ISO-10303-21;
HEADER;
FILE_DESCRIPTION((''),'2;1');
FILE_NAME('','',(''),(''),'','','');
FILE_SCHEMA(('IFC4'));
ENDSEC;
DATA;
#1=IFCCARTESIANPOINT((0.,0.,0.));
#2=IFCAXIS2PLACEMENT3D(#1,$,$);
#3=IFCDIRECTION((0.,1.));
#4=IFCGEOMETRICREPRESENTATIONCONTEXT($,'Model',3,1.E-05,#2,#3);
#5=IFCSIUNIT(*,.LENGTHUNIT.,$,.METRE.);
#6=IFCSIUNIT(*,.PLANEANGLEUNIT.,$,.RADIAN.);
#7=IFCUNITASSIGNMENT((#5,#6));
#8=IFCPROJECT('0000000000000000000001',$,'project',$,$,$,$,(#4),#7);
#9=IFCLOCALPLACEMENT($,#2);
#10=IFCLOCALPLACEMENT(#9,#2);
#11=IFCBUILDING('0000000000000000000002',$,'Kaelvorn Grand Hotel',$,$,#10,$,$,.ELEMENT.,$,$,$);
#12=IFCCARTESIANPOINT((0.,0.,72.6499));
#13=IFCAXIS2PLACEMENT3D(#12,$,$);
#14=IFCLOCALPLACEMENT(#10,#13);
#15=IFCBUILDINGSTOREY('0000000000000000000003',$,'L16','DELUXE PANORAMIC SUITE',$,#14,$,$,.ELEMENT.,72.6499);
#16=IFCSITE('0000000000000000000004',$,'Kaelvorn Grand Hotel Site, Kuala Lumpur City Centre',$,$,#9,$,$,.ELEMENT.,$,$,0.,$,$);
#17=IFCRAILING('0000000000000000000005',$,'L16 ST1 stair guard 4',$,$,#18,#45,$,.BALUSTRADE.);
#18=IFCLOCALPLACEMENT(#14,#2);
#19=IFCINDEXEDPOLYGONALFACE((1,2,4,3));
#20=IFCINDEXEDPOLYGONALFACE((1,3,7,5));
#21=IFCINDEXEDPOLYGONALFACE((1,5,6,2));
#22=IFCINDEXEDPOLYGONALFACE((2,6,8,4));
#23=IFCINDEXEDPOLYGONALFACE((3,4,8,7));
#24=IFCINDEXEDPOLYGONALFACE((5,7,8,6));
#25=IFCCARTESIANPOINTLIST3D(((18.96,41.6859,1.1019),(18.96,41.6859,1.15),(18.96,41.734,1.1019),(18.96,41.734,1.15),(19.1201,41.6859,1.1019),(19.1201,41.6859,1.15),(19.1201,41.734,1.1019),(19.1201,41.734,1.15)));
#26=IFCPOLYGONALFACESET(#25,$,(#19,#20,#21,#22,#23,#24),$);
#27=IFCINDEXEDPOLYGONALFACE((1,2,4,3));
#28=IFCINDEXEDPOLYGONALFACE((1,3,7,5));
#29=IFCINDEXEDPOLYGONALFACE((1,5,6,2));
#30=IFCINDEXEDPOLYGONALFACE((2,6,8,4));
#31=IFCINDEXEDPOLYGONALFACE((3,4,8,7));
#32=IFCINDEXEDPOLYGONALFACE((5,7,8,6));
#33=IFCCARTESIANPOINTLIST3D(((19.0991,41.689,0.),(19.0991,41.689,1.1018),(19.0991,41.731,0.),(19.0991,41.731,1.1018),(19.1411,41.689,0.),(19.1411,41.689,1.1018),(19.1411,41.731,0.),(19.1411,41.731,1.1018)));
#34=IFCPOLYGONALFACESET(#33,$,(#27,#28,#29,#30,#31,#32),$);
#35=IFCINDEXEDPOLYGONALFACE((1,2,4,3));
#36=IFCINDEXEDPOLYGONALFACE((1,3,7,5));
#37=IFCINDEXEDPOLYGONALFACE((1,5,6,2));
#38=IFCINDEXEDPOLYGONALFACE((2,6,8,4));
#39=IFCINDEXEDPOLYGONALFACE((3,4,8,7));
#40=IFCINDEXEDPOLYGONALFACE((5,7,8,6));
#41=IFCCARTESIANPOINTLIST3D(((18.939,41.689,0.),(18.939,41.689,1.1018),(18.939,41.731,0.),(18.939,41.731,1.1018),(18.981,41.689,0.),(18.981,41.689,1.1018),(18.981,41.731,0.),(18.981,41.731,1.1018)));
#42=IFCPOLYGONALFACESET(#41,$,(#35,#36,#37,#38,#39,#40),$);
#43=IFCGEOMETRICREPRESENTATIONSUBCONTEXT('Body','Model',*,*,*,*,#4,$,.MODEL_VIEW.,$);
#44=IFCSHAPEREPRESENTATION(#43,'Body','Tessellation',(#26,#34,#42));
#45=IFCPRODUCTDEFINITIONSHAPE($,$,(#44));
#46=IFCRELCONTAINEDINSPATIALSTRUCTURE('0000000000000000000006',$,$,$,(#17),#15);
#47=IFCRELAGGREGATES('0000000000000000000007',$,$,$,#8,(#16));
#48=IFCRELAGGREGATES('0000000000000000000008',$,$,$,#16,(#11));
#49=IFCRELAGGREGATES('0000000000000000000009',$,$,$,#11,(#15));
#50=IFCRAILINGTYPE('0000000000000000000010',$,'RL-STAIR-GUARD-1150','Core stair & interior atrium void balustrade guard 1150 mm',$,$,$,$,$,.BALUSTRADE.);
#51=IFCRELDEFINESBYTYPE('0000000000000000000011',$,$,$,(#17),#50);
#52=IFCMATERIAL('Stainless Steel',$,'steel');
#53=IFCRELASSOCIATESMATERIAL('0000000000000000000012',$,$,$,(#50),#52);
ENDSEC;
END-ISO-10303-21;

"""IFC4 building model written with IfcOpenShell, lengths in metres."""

from ifc_helpers import new_model, si_unit, direction, frame, origin, origin_2d, place, context, subcontext, project, spatial, rectangle, extrude, material, type_object, element, save


model = new_model("IFC4")

# Units and contexts
model_context = context("Model", 3, precision=1e-05, world=origin(), true_north=direction((0.0, 1.0)))
body_context = subcontext(model_context, "Body", "Model", "MODEL_VIEW")
ifc_project = project(units=[si_unit("LENGTHUNIT", "METRE"), si_unit("PLANEANGLEUNIT", "RADIAN")], contexts=[model_context])

# Site, building, storey
site_placement = place(None, origin())
site = spatial("IfcSite", under=ifc_project, at=site_placement, Name="Kaelvorn Grand Hotel Site, Kuala Lumpur City Centre", CompositionType="ELEMENT", RefElevation=0.0)
building_placement = place(site_placement, origin())
building = spatial("IfcBuilding", under=site, at=building_placement, Name="Kaelvorn Grand Hotel", CompositionType="ELEMENT")
storey_placement = place(building_placement, frame((0.0, 0.0, 72.6499)))
storey = spatial("IfcBuildingStorey", under=building, at=storey_placement, Name="L16", Description="DELUXE PANORAMIC SUITE", CompositionType="ELEMENT", Elevation=72.6499)

# Railing
ifc_material_1 = material(Name="Stainless Steel", Category="steel")
railing_type_1 = type_object("IfcRailingType", Name="RL-STAIR-GUARD-1150", Description="Core stair & interior atrium void balustrade guard 1150 mm", PredefinedType="BALUSTRADE", material=ifc_material_1)
railing_1_placement = place(storey_placement, frame((19.1201, 41.71, 0.0)))
element("IfcRailing", 1, at=railing_1_placement, inside=storey, type_object=railing_type_1, Name="L16 ST1 stair guard 4", PredefinedType="BALUSTRADE", context=body_context, shape_type="SweptSolid", body=[
    extrude(rectangle(XDim=0.0481, YDim=0.0481, at=origin_2d()), frame((0.0, 0.0, 1.126), z_axis=(-1.0, 0.0, 0.0), x_axis=(0.0, -1.0, 0.0)), (0.0, 0.0, 1.0), 0.1602),
    extrude(rectangle(XDim=0.042, YDim=0.042, at=origin_2d()), origin(), (0.0, 0.0, 1.0), 1.1018),
    extrude(rectangle(XDim=0.042, YDim=0.042, at=origin_2d()), frame((-0.1602, 0.0, 0.0)), (0.0, 0.0, 1.0), 1.1018),
])

save(model, "model.ifc")
